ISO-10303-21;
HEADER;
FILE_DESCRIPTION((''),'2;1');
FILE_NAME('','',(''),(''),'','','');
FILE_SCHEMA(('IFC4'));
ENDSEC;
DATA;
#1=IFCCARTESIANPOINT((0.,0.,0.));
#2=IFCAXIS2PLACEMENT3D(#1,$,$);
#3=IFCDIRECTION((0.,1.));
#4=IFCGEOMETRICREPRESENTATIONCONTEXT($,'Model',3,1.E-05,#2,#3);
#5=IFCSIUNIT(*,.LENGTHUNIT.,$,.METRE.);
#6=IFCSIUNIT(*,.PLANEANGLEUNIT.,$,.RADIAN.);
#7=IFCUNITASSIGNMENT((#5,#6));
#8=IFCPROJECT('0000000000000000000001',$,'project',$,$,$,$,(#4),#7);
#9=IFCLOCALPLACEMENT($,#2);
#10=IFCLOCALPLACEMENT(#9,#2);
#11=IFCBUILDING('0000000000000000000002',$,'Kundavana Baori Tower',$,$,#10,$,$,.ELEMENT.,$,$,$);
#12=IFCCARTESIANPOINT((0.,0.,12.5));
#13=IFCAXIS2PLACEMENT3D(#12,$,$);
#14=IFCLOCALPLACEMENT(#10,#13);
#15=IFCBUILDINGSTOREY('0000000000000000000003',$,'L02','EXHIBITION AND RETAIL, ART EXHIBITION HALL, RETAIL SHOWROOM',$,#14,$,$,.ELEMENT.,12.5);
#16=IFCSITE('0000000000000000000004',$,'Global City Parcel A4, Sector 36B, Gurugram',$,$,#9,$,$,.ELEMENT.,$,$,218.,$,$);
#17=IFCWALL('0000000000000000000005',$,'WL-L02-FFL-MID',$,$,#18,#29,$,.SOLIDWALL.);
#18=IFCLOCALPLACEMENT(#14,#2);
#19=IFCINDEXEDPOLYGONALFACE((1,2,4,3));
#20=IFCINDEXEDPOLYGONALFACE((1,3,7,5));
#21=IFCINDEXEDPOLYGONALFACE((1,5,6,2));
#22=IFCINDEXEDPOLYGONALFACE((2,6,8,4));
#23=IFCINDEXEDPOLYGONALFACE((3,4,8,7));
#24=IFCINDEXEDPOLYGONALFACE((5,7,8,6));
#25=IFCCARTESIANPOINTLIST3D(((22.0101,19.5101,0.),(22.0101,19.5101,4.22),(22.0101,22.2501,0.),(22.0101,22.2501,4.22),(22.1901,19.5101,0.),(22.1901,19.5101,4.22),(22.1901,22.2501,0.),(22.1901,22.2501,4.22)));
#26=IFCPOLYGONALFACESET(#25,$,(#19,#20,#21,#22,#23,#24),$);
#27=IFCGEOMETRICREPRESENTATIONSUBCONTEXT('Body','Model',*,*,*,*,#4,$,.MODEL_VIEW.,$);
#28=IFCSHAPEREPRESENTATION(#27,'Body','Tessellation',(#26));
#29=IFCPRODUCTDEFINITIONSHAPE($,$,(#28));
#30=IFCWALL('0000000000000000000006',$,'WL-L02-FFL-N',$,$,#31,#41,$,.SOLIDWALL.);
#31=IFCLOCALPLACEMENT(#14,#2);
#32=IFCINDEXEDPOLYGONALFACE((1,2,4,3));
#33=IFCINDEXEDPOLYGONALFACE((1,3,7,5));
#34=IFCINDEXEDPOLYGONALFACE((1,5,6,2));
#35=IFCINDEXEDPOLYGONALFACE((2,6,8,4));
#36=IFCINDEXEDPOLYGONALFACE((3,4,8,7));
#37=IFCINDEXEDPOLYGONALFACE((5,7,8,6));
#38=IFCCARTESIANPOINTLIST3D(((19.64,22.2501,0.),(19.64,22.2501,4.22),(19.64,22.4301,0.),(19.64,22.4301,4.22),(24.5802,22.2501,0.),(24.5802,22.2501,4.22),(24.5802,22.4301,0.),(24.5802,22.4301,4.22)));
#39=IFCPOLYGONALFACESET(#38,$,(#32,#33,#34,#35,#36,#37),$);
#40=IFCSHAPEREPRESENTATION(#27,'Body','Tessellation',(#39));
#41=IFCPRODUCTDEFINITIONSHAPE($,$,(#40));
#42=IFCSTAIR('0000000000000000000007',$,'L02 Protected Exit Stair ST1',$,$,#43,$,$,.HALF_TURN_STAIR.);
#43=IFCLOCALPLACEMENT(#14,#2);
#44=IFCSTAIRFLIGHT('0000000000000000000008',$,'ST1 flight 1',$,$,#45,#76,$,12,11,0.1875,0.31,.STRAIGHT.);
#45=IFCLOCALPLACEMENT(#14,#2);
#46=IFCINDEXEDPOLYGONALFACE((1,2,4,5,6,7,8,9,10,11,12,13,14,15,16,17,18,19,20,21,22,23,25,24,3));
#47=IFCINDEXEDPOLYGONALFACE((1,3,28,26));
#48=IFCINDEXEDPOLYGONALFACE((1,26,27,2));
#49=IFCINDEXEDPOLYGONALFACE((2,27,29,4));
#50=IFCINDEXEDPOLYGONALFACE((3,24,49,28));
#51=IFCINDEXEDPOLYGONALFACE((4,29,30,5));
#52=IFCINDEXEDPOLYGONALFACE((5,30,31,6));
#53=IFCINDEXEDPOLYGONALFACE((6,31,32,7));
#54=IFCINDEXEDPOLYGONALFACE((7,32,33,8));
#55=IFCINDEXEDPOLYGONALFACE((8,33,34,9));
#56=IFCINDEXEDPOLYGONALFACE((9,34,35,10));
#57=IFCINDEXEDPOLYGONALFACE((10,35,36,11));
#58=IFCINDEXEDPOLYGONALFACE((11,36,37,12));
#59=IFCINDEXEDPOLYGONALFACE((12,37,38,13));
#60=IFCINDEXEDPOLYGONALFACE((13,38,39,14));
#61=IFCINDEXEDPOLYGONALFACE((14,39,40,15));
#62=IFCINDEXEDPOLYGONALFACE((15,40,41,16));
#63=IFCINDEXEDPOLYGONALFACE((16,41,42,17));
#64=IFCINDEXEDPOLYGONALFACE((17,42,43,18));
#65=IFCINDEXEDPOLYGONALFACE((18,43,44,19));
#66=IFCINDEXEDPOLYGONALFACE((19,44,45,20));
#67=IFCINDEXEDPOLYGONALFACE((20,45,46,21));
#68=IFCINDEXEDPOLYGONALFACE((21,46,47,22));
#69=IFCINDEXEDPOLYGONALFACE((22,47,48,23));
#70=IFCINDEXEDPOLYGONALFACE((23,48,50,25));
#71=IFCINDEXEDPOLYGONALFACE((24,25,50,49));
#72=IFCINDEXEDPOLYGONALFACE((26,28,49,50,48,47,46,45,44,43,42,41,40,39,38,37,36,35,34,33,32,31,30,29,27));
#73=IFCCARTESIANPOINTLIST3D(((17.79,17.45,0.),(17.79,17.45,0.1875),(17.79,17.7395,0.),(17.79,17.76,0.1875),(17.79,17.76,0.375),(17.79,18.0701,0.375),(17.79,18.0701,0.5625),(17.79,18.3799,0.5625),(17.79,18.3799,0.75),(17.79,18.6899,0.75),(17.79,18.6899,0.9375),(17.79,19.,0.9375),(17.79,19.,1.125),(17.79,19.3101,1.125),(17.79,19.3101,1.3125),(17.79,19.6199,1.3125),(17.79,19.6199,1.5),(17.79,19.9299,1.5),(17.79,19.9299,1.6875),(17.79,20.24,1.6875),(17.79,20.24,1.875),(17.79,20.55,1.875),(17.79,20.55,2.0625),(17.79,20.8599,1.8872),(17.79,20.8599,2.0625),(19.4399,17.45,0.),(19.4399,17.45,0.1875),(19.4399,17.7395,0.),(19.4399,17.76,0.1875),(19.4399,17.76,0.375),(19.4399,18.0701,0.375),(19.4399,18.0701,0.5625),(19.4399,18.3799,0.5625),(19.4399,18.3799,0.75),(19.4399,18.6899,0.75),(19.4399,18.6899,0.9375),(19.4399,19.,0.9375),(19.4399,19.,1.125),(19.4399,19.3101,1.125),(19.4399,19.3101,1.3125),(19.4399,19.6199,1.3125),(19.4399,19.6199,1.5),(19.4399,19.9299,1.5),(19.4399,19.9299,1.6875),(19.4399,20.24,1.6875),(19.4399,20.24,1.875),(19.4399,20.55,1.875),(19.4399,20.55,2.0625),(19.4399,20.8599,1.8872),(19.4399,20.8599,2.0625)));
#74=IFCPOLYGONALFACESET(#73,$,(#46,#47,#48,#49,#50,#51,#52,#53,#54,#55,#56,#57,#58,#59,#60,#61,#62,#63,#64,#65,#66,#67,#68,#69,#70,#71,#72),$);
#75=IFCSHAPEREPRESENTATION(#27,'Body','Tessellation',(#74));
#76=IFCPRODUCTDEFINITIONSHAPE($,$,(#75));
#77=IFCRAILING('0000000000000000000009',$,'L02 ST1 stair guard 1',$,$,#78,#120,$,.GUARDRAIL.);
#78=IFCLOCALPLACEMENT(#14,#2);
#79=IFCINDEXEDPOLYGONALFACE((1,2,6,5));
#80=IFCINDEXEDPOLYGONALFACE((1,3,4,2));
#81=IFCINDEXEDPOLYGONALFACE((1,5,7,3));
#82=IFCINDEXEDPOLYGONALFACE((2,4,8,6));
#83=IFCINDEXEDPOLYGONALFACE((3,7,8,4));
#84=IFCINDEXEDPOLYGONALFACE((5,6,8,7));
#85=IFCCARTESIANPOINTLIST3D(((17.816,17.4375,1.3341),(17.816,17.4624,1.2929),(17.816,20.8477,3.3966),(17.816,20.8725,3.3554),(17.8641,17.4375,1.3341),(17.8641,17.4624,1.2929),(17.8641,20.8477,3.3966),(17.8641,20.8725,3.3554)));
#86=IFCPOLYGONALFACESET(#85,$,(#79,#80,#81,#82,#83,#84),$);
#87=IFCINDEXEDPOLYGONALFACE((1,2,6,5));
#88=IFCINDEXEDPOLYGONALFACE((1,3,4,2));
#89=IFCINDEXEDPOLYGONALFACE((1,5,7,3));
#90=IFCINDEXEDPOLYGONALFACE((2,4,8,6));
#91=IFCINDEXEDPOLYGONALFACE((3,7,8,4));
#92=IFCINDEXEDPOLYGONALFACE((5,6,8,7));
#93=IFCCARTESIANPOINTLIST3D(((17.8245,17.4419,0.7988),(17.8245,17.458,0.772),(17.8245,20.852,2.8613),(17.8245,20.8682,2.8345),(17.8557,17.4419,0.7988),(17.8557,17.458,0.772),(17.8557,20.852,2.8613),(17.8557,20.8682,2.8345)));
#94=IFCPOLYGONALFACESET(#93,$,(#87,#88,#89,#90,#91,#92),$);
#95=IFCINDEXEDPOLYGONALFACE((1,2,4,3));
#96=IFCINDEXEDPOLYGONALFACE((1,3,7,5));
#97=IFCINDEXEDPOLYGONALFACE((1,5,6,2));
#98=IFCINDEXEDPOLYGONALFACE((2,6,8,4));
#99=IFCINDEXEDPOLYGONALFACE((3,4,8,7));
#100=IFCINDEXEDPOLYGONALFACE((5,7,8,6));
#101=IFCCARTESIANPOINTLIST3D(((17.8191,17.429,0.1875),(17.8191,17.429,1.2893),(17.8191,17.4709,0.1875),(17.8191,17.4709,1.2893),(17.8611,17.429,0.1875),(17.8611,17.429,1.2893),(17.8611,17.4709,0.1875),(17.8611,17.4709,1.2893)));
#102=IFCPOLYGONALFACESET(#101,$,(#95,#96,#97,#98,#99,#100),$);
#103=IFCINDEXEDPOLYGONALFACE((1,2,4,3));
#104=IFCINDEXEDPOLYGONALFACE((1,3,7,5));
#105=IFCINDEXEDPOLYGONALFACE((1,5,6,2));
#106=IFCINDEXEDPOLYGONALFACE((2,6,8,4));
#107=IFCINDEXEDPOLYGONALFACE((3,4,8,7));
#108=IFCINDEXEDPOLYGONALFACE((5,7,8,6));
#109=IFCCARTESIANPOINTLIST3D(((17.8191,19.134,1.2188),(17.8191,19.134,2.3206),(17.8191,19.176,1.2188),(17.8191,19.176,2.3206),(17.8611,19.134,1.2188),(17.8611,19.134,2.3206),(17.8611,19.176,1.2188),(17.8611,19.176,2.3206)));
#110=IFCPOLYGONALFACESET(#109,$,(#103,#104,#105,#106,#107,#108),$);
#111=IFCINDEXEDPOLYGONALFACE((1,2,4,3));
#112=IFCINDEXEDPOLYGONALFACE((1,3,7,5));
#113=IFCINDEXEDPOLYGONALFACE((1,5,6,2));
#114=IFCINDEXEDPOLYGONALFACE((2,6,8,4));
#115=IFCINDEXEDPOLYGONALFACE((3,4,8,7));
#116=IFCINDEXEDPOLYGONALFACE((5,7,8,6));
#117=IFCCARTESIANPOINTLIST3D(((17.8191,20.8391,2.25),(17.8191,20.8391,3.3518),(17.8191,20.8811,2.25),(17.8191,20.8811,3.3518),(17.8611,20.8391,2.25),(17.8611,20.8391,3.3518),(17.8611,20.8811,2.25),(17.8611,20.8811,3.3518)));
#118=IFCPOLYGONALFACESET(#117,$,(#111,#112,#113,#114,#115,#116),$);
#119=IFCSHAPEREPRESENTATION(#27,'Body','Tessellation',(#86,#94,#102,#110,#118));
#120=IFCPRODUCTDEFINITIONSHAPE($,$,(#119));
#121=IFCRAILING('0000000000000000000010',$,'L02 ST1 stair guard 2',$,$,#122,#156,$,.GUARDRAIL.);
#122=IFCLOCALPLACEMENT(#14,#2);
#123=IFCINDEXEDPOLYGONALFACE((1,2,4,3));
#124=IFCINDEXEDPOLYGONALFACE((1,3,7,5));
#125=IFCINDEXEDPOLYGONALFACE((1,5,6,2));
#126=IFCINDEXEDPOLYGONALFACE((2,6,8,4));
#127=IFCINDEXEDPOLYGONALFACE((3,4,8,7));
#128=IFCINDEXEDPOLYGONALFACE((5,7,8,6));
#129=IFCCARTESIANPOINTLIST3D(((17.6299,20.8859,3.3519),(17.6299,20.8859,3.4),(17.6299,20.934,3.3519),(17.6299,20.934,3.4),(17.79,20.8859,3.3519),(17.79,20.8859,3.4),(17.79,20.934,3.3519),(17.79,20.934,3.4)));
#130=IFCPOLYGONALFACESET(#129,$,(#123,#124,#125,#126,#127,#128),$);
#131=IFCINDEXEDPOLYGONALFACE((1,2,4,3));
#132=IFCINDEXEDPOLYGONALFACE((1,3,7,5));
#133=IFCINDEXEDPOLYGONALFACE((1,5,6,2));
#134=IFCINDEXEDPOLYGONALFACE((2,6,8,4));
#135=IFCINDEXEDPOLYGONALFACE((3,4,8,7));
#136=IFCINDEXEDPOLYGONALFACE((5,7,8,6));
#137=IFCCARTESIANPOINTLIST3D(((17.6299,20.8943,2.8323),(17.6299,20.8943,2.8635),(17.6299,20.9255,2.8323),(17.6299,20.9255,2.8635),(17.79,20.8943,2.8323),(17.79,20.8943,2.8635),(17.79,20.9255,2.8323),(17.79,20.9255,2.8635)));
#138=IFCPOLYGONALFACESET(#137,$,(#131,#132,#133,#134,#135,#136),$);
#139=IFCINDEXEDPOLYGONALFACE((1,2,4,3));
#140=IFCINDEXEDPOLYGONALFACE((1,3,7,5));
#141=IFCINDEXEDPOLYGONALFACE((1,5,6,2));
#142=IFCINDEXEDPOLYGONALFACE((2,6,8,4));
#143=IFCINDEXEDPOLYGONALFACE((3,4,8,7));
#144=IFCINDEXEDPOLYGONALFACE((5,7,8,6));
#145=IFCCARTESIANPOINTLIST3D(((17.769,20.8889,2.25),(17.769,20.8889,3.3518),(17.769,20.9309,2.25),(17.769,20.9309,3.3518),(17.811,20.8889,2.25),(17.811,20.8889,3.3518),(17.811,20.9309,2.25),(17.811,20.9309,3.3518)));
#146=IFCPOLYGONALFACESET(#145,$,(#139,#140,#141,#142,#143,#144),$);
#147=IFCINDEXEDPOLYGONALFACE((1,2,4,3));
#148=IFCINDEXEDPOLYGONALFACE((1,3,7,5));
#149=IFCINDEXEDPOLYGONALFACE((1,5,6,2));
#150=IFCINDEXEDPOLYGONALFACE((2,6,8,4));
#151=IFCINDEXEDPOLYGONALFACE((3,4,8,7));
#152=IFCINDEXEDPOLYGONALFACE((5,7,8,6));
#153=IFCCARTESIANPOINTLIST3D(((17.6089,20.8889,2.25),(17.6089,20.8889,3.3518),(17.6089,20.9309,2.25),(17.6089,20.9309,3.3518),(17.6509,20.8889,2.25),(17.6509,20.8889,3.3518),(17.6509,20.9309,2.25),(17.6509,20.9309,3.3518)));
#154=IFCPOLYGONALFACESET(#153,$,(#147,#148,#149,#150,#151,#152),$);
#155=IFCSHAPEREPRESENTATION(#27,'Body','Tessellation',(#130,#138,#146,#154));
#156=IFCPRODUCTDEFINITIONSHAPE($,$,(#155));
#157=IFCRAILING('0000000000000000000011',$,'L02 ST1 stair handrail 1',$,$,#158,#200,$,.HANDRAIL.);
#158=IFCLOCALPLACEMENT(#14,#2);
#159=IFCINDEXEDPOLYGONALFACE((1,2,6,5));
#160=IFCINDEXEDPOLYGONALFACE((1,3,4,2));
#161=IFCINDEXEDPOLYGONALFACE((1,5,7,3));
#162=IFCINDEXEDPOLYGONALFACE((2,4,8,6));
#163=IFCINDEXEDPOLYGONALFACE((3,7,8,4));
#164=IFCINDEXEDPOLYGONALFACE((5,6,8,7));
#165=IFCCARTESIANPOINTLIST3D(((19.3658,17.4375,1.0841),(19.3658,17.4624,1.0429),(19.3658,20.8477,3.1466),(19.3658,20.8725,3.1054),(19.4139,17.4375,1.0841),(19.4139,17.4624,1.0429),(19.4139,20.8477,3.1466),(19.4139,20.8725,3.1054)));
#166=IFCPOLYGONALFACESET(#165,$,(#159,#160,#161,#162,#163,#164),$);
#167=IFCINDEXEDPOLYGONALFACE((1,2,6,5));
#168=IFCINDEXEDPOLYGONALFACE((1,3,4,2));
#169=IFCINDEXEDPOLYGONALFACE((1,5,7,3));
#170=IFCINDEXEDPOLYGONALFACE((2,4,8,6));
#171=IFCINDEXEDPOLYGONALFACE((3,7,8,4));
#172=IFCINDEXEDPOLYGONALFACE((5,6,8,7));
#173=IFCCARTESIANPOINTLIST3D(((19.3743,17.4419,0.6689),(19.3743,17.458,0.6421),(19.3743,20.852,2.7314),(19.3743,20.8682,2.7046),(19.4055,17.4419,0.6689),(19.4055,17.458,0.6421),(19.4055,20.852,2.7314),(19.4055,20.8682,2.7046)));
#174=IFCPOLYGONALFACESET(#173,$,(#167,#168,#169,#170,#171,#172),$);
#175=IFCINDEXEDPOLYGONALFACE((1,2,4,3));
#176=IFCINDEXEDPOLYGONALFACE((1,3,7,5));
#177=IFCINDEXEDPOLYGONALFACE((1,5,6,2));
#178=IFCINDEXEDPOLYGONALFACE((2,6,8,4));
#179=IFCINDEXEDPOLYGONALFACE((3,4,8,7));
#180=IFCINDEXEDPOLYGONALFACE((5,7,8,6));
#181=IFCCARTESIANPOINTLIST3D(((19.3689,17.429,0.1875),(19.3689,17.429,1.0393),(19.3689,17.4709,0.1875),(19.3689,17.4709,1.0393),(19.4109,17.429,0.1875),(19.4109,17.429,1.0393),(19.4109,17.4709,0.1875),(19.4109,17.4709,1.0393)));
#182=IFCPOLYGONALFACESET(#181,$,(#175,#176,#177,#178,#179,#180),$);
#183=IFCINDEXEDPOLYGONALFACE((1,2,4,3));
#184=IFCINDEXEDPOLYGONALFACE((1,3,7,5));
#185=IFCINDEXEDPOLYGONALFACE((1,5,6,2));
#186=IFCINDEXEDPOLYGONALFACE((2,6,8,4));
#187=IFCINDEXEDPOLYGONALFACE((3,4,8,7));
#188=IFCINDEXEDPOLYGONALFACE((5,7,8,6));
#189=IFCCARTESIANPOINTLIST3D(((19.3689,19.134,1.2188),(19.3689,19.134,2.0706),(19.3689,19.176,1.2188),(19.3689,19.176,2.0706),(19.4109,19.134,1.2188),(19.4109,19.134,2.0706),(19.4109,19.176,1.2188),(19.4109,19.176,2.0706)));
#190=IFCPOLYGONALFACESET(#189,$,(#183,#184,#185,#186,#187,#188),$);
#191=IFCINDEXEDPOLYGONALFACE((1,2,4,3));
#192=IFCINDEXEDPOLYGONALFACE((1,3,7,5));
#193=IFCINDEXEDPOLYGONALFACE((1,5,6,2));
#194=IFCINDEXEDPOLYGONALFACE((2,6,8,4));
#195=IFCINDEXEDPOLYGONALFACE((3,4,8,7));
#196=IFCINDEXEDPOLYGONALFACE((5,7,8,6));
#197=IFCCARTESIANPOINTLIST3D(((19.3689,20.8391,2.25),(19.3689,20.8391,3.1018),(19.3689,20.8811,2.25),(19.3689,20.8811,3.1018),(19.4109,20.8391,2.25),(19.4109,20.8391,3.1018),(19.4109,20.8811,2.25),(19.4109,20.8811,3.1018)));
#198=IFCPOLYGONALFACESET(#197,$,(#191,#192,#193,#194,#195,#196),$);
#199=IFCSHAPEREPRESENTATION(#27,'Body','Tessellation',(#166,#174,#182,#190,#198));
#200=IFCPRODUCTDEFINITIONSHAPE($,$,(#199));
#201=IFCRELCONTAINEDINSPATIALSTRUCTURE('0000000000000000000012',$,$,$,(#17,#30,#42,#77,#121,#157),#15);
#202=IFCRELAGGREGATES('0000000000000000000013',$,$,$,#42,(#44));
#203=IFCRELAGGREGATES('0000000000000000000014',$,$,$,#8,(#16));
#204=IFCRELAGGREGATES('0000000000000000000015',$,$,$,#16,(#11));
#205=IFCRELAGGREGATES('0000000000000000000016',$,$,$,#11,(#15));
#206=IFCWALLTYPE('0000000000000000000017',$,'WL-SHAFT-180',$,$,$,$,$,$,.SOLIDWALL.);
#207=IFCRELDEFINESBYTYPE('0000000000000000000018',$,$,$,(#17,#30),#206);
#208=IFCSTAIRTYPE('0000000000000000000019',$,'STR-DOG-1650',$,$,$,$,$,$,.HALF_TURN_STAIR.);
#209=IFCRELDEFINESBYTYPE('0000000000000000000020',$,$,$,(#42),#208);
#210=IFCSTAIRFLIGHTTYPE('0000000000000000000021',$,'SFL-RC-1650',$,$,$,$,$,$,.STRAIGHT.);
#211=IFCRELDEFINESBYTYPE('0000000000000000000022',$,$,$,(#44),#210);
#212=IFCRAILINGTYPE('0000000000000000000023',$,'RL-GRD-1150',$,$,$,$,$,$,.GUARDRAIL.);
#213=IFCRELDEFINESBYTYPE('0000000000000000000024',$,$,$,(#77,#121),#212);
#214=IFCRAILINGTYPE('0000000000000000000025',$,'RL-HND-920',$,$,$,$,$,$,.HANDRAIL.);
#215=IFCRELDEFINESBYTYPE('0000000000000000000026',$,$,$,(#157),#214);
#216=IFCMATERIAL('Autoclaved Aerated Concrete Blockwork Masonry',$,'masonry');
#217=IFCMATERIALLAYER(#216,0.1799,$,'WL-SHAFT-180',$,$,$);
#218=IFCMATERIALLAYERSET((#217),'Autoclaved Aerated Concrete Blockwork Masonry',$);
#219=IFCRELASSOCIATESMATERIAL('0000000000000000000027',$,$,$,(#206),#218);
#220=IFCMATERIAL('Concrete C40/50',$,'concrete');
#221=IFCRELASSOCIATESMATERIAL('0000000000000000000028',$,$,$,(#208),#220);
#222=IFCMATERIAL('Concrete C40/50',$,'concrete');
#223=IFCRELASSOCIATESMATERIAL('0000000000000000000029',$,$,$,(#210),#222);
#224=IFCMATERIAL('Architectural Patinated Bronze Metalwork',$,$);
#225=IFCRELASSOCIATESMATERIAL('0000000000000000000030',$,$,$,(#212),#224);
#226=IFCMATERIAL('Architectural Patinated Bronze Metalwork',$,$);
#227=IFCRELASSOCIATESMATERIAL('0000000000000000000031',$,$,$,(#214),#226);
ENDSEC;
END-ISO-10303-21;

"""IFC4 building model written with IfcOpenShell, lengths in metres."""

from ifc_helpers import new_model, si_unit, direction, frame, frame_2d, origin, origin_2d, place, context, subcontext, project, spatial, polyline, rectangle, outline, extrude, material, layer, layer_set, type_object, element, aggregate, save


model = new_model("IFC4")

# Units and contexts
model_context = context("Model", 3, precision=1e-05, world=origin(), true_north=direction((0.0, 1.0)))
body_context = subcontext(model_context, "Body", "Model", "MODEL_VIEW")
ifc_project = project(units=[si_unit("LENGTHUNIT", "METRE"), si_unit("PLANEANGLEUNIT", "RADIAN")], contexts=[model_context])

# Site, building, storey
site_placement = place(None, origin())
site = spatial("IfcSite", under=ifc_project, at=site_placement, Name="Global City Parcel A4, Sector 36B, Gurugram", CompositionType="ELEMENT", RefElevation=218.0)
building_placement = place(site_placement, origin())
building = spatial("IfcBuilding", under=site, at=building_placement, Name="Kundavana Baori Tower", CompositionType="ELEMENT")
storey_placement = place(building_placement, frame((0.0, 0.0, 12.5)))
storey = spatial("IfcBuildingStorey", under=building, at=storey_placement, Name="L02", Description="EXHIBITION AND RETAIL, ART EXHIBITION HALL, RETAIL SHOWROOM", CompositionType="ELEMENT", Elevation=12.5)

# Shared definitions
ifc_material_1 = material(Name="Autoclaved Aerated Concrete Blockwork Masonry", Category="masonry")
ifc_layer_1 = layer(ifc_material_1, 0.1799, Name="WL-SHAFT-180")
ifc_layer_set_1 = layer_set([ifc_layer_1], Name="Autoclaved Aerated Concrete Blockwork Masonry")
wall_type_1 = type_object("IfcWallType", Name="WL-SHAFT-180", PredefinedType="SOLIDWALL", material=ifc_layer_set_1)

# Walls
wall_1_placement = place(storey_placement, frame((22.1001, 19.51, 0.0), z_axis=(0.0, 0.0, 1.0), x_axis=(0.0, 1.0, 0.0)))
element("IfcWall", 1, at=wall_1_placement, inside=storey, type_object=wall_type_1, Name="WL-L02-FFL-MID", PredefinedType="SOLIDWALL", context=body_context, shape_type="SweptSolid", body=[
    extrude(rectangle(XDim=2.74, YDim=0.1799, at=frame_2d((1.3701, 0.0))), origin(), (0.0, 0.0, 1.0), 4.22),
])
wall_2_placement = place(storey_placement, frame((19.6399, 22.3401, 0.0), z_axis=(0.0, 0.0, 1.0), x_axis=(1.0, 0.0, 0.0)))
element("IfcWall", 2, at=wall_2_placement, inside=storey, type_object=wall_type_1, Name="WL-L02-FFL-N", PredefinedType="SOLIDWALL", context=body_context, shape_type="SweptSolid", body=[
    extrude(rectangle(XDim=4.9402, YDim=0.1799, at=frame_2d((2.4702, 0.0))), origin(), (0.0, 0.0, 1.0), 4.22),
])

# Stair, stair flight
ifc_material_2 = material(Name="Concrete C40/50", Category="concrete")
stair_type = type_object("IfcStairType", Name="STR-DOG-1650", PredefinedType="HALF_TURN_STAIR", material=ifc_material_2)
stair_placement = place(storey_placement, origin())
stair = element("IfcStair", 3, at=stair_placement, inside=storey, type_object=stair_type, Name="L02 Protected Exit Stair ST1", PredefinedType="HALF_TURN_STAIR")
ifc_material_3 = material(Name="Concrete C40/50", Category="concrete")
stair_flight_type = type_object("IfcStairFlightType", Name="SFL-RC-1650", PredefinedType="STRAIGHT", material=ifc_material_3)
stair_flight_placement = place(storey_placement, frame((18.615, 17.45, 0.0), z_axis=(0.0, 0.0, 1.0), x_axis=(0.0, 1.0, 0.0)))
stair_flight = element("IfcStairFlight", 4, at=stair_flight_placement, type_object=stair_flight_type, Name="ST1 flight 1", NumberOfRisers=12, NumberOfTreads=11, PredefinedType="STRAIGHT", RiserHeight=0.1875, TreadLength=0.31, context=body_context, shape_type="SweptSolid", body=[
    extrude(outline(polyline([(0.0, 0.0), (0.0, 0.1875), (0.3101, 0.1875), (0.3101, 0.375), (0.6201, 0.375), (0.6201, 0.5625), (0.9299, 0.5625), (0.9299, 0.75), (1.24, 0.75), (1.24, 0.9375), (1.55, 0.9375), (1.55, 1.125), (1.8601, 1.125), (1.8601, 1.3125), (2.1699, 1.3125), (2.1699, 1.5), (2.48, 1.5), (2.48, 1.6875), (2.79, 1.6875), (2.79, 1.875), (3.1001, 1.875), (3.1001, 2.0625), (3.4099, 2.0625), (3.4099, 2.25), (3.4099, 1.8872), (0.2896, 0.0), (0.0, 0.0)])), frame((0.0, 0.825, 0.0), z_axis=(0.0, -1.0, 0.0), x_axis=(1.0, 0.0, 0.0)), (0.0, 0.0, 1.0), 1.6499),
])
aggregate(stair, [stair_flight])

# Railings
ifc_material_4 = material(Name="Architectural Patinated Bronze Metalwork")
railing_type_1 = type_object("IfcRailingType", Name="RL-GRD-1150", PredefinedType="GUARDRAIL", material=ifc_material_4)
railing_1_placement = place(storey_placement, frame((17.8401, 17.45, 0.1875)))
element("IfcRailing", 5, at=railing_1_placement, inside=storey, type_object=railing_type_1, Name="L02 ST1 stair guard 1", PredefinedType="GUARDRAIL", context=body_context, shape_type="SweptSolid", body=[
    extrude(rectangle(XDim=0.0481, YDim=0.0481, at=origin_2d()), frame((0.0, 0.0, 1.126), z_axis=(0.0, 0.855671, 0.517519), x_axis=(-1.0, 0.0, 0.0)), (0.0, 0.0, 1.0), 3.9854),
    extrude(rectangle(XDim=0.0312, YDim=0.0312, at=origin_2d()), frame((0.0, 0.0, 0.5979), z_axis=(0.0, 0.855671, 0.517519), x_axis=(-1.0, 0.0, 0.0)), (0.0, 0.0, 1.0), 3.9854),
    extrude(rectangle(XDim=0.042, YDim=0.042, at=origin_2d()), origin(), (0.0, 0.0, 1.0), 1.1018),
    extrude(rectangle(XDim=0.042, YDim=0.042, at=origin_2d()), frame((0.0, 1.7051, 1.0312)), (0.0, 0.0, 1.0), 1.1018),
    extrude(rectangle(XDim=0.042, YDim=0.042, at=origin_2d()), frame((0.0, 3.4102, 2.0625)), (0.0, 0.0, 1.0), 1.1018),
])
railing_2_placement = place(storey_placement, frame((17.79, 20.9099, 2.25)))
element("IfcRailing", 6, at=railing_2_placement, inside=storey, type_object=railing_type_1, Name="L02 ST1 stair guard 2", PredefinedType="GUARDRAIL", context=body_context, shape_type="SweptSolid", body=[
    extrude(rectangle(XDim=0.0481, YDim=0.0481, at=origin_2d()), frame((0.0, 0.0, 1.126), z_axis=(-1.0, 0.0, 0.0), x_axis=(0.0, -1.0, 0.0)), (0.0, 0.0, 1.0), 0.1602),
    extrude(rectangle(XDim=0.0312, YDim=0.0312, at=origin_2d()), frame((0.0, 0.0, 0.5979), z_axis=(-1.0, 0.0, 0.0), x_axis=(0.0, -1.0, 0.0)), (0.0, 0.0, 1.0), 0.1602),
    extrude(rectangle(XDim=0.042, YDim=0.042, at=origin_2d()), origin(), (0.0, 0.0, 1.0), 1.1018),
    extrude(rectangle(XDim=0.042, YDim=0.042, at=origin_2d()), frame((-0.1602, 0.0, 0.0)), (0.0, 0.0, 1.0), 1.1018),
])
ifc_material_5 = material(Name="Architectural Patinated Bronze Metalwork")
railing_type_2 = type_object("IfcRailingType", Name="RL-HND-920", PredefinedType="HANDRAIL", material=ifc_material_5)
railing_3_placement = place(storey_placement, frame((19.3899, 17.45, 0.1875)))
element("IfcRailing", 7, at=railing_3_placement, inside=storey, type_object=railing_type_2, Name="L02 ST1 stair handrail 1", PredefinedType="HANDRAIL", context=body_context, shape_type="SweptSolid", body=[
    extrude(rectangle(XDim=0.0481, YDim=0.0481, at=origin_2d()), frame((0.0, 0.0, 0.876), z_axis=(0.0, 0.855671, 0.517519), x_axis=(-1.0, 0.0, 0.0)), (0.0, 0.0, 1.0), 3.9854),
    extrude(rectangle(XDim=0.0312, YDim=0.0312, at=origin_2d()), frame((0.0, 0.0, 0.468), z_axis=(0.0, 0.855671, 0.517519), x_axis=(-1.0, 0.0, 0.0)), (0.0, 0.0, 1.0), 3.9854),
    extrude(rectangle(XDim=0.042, YDim=0.042, at=origin_2d()), origin(), (0.0, 0.0, 1.0), 0.8518),
    extrude(rectangle(XDim=0.042, YDim=0.042, at=origin_2d()), frame((0.0, 1.7051, 1.0312)), (0.0, 0.0, 1.0), 0.8518),
    extrude(rectangle(XDim=0.042, YDim=0.042, at=origin_2d()), frame((0.0, 3.4102, 2.0625)), (0.0, 0.0, 1.0), 0.8518),
])

save(model, "model.ifc")
